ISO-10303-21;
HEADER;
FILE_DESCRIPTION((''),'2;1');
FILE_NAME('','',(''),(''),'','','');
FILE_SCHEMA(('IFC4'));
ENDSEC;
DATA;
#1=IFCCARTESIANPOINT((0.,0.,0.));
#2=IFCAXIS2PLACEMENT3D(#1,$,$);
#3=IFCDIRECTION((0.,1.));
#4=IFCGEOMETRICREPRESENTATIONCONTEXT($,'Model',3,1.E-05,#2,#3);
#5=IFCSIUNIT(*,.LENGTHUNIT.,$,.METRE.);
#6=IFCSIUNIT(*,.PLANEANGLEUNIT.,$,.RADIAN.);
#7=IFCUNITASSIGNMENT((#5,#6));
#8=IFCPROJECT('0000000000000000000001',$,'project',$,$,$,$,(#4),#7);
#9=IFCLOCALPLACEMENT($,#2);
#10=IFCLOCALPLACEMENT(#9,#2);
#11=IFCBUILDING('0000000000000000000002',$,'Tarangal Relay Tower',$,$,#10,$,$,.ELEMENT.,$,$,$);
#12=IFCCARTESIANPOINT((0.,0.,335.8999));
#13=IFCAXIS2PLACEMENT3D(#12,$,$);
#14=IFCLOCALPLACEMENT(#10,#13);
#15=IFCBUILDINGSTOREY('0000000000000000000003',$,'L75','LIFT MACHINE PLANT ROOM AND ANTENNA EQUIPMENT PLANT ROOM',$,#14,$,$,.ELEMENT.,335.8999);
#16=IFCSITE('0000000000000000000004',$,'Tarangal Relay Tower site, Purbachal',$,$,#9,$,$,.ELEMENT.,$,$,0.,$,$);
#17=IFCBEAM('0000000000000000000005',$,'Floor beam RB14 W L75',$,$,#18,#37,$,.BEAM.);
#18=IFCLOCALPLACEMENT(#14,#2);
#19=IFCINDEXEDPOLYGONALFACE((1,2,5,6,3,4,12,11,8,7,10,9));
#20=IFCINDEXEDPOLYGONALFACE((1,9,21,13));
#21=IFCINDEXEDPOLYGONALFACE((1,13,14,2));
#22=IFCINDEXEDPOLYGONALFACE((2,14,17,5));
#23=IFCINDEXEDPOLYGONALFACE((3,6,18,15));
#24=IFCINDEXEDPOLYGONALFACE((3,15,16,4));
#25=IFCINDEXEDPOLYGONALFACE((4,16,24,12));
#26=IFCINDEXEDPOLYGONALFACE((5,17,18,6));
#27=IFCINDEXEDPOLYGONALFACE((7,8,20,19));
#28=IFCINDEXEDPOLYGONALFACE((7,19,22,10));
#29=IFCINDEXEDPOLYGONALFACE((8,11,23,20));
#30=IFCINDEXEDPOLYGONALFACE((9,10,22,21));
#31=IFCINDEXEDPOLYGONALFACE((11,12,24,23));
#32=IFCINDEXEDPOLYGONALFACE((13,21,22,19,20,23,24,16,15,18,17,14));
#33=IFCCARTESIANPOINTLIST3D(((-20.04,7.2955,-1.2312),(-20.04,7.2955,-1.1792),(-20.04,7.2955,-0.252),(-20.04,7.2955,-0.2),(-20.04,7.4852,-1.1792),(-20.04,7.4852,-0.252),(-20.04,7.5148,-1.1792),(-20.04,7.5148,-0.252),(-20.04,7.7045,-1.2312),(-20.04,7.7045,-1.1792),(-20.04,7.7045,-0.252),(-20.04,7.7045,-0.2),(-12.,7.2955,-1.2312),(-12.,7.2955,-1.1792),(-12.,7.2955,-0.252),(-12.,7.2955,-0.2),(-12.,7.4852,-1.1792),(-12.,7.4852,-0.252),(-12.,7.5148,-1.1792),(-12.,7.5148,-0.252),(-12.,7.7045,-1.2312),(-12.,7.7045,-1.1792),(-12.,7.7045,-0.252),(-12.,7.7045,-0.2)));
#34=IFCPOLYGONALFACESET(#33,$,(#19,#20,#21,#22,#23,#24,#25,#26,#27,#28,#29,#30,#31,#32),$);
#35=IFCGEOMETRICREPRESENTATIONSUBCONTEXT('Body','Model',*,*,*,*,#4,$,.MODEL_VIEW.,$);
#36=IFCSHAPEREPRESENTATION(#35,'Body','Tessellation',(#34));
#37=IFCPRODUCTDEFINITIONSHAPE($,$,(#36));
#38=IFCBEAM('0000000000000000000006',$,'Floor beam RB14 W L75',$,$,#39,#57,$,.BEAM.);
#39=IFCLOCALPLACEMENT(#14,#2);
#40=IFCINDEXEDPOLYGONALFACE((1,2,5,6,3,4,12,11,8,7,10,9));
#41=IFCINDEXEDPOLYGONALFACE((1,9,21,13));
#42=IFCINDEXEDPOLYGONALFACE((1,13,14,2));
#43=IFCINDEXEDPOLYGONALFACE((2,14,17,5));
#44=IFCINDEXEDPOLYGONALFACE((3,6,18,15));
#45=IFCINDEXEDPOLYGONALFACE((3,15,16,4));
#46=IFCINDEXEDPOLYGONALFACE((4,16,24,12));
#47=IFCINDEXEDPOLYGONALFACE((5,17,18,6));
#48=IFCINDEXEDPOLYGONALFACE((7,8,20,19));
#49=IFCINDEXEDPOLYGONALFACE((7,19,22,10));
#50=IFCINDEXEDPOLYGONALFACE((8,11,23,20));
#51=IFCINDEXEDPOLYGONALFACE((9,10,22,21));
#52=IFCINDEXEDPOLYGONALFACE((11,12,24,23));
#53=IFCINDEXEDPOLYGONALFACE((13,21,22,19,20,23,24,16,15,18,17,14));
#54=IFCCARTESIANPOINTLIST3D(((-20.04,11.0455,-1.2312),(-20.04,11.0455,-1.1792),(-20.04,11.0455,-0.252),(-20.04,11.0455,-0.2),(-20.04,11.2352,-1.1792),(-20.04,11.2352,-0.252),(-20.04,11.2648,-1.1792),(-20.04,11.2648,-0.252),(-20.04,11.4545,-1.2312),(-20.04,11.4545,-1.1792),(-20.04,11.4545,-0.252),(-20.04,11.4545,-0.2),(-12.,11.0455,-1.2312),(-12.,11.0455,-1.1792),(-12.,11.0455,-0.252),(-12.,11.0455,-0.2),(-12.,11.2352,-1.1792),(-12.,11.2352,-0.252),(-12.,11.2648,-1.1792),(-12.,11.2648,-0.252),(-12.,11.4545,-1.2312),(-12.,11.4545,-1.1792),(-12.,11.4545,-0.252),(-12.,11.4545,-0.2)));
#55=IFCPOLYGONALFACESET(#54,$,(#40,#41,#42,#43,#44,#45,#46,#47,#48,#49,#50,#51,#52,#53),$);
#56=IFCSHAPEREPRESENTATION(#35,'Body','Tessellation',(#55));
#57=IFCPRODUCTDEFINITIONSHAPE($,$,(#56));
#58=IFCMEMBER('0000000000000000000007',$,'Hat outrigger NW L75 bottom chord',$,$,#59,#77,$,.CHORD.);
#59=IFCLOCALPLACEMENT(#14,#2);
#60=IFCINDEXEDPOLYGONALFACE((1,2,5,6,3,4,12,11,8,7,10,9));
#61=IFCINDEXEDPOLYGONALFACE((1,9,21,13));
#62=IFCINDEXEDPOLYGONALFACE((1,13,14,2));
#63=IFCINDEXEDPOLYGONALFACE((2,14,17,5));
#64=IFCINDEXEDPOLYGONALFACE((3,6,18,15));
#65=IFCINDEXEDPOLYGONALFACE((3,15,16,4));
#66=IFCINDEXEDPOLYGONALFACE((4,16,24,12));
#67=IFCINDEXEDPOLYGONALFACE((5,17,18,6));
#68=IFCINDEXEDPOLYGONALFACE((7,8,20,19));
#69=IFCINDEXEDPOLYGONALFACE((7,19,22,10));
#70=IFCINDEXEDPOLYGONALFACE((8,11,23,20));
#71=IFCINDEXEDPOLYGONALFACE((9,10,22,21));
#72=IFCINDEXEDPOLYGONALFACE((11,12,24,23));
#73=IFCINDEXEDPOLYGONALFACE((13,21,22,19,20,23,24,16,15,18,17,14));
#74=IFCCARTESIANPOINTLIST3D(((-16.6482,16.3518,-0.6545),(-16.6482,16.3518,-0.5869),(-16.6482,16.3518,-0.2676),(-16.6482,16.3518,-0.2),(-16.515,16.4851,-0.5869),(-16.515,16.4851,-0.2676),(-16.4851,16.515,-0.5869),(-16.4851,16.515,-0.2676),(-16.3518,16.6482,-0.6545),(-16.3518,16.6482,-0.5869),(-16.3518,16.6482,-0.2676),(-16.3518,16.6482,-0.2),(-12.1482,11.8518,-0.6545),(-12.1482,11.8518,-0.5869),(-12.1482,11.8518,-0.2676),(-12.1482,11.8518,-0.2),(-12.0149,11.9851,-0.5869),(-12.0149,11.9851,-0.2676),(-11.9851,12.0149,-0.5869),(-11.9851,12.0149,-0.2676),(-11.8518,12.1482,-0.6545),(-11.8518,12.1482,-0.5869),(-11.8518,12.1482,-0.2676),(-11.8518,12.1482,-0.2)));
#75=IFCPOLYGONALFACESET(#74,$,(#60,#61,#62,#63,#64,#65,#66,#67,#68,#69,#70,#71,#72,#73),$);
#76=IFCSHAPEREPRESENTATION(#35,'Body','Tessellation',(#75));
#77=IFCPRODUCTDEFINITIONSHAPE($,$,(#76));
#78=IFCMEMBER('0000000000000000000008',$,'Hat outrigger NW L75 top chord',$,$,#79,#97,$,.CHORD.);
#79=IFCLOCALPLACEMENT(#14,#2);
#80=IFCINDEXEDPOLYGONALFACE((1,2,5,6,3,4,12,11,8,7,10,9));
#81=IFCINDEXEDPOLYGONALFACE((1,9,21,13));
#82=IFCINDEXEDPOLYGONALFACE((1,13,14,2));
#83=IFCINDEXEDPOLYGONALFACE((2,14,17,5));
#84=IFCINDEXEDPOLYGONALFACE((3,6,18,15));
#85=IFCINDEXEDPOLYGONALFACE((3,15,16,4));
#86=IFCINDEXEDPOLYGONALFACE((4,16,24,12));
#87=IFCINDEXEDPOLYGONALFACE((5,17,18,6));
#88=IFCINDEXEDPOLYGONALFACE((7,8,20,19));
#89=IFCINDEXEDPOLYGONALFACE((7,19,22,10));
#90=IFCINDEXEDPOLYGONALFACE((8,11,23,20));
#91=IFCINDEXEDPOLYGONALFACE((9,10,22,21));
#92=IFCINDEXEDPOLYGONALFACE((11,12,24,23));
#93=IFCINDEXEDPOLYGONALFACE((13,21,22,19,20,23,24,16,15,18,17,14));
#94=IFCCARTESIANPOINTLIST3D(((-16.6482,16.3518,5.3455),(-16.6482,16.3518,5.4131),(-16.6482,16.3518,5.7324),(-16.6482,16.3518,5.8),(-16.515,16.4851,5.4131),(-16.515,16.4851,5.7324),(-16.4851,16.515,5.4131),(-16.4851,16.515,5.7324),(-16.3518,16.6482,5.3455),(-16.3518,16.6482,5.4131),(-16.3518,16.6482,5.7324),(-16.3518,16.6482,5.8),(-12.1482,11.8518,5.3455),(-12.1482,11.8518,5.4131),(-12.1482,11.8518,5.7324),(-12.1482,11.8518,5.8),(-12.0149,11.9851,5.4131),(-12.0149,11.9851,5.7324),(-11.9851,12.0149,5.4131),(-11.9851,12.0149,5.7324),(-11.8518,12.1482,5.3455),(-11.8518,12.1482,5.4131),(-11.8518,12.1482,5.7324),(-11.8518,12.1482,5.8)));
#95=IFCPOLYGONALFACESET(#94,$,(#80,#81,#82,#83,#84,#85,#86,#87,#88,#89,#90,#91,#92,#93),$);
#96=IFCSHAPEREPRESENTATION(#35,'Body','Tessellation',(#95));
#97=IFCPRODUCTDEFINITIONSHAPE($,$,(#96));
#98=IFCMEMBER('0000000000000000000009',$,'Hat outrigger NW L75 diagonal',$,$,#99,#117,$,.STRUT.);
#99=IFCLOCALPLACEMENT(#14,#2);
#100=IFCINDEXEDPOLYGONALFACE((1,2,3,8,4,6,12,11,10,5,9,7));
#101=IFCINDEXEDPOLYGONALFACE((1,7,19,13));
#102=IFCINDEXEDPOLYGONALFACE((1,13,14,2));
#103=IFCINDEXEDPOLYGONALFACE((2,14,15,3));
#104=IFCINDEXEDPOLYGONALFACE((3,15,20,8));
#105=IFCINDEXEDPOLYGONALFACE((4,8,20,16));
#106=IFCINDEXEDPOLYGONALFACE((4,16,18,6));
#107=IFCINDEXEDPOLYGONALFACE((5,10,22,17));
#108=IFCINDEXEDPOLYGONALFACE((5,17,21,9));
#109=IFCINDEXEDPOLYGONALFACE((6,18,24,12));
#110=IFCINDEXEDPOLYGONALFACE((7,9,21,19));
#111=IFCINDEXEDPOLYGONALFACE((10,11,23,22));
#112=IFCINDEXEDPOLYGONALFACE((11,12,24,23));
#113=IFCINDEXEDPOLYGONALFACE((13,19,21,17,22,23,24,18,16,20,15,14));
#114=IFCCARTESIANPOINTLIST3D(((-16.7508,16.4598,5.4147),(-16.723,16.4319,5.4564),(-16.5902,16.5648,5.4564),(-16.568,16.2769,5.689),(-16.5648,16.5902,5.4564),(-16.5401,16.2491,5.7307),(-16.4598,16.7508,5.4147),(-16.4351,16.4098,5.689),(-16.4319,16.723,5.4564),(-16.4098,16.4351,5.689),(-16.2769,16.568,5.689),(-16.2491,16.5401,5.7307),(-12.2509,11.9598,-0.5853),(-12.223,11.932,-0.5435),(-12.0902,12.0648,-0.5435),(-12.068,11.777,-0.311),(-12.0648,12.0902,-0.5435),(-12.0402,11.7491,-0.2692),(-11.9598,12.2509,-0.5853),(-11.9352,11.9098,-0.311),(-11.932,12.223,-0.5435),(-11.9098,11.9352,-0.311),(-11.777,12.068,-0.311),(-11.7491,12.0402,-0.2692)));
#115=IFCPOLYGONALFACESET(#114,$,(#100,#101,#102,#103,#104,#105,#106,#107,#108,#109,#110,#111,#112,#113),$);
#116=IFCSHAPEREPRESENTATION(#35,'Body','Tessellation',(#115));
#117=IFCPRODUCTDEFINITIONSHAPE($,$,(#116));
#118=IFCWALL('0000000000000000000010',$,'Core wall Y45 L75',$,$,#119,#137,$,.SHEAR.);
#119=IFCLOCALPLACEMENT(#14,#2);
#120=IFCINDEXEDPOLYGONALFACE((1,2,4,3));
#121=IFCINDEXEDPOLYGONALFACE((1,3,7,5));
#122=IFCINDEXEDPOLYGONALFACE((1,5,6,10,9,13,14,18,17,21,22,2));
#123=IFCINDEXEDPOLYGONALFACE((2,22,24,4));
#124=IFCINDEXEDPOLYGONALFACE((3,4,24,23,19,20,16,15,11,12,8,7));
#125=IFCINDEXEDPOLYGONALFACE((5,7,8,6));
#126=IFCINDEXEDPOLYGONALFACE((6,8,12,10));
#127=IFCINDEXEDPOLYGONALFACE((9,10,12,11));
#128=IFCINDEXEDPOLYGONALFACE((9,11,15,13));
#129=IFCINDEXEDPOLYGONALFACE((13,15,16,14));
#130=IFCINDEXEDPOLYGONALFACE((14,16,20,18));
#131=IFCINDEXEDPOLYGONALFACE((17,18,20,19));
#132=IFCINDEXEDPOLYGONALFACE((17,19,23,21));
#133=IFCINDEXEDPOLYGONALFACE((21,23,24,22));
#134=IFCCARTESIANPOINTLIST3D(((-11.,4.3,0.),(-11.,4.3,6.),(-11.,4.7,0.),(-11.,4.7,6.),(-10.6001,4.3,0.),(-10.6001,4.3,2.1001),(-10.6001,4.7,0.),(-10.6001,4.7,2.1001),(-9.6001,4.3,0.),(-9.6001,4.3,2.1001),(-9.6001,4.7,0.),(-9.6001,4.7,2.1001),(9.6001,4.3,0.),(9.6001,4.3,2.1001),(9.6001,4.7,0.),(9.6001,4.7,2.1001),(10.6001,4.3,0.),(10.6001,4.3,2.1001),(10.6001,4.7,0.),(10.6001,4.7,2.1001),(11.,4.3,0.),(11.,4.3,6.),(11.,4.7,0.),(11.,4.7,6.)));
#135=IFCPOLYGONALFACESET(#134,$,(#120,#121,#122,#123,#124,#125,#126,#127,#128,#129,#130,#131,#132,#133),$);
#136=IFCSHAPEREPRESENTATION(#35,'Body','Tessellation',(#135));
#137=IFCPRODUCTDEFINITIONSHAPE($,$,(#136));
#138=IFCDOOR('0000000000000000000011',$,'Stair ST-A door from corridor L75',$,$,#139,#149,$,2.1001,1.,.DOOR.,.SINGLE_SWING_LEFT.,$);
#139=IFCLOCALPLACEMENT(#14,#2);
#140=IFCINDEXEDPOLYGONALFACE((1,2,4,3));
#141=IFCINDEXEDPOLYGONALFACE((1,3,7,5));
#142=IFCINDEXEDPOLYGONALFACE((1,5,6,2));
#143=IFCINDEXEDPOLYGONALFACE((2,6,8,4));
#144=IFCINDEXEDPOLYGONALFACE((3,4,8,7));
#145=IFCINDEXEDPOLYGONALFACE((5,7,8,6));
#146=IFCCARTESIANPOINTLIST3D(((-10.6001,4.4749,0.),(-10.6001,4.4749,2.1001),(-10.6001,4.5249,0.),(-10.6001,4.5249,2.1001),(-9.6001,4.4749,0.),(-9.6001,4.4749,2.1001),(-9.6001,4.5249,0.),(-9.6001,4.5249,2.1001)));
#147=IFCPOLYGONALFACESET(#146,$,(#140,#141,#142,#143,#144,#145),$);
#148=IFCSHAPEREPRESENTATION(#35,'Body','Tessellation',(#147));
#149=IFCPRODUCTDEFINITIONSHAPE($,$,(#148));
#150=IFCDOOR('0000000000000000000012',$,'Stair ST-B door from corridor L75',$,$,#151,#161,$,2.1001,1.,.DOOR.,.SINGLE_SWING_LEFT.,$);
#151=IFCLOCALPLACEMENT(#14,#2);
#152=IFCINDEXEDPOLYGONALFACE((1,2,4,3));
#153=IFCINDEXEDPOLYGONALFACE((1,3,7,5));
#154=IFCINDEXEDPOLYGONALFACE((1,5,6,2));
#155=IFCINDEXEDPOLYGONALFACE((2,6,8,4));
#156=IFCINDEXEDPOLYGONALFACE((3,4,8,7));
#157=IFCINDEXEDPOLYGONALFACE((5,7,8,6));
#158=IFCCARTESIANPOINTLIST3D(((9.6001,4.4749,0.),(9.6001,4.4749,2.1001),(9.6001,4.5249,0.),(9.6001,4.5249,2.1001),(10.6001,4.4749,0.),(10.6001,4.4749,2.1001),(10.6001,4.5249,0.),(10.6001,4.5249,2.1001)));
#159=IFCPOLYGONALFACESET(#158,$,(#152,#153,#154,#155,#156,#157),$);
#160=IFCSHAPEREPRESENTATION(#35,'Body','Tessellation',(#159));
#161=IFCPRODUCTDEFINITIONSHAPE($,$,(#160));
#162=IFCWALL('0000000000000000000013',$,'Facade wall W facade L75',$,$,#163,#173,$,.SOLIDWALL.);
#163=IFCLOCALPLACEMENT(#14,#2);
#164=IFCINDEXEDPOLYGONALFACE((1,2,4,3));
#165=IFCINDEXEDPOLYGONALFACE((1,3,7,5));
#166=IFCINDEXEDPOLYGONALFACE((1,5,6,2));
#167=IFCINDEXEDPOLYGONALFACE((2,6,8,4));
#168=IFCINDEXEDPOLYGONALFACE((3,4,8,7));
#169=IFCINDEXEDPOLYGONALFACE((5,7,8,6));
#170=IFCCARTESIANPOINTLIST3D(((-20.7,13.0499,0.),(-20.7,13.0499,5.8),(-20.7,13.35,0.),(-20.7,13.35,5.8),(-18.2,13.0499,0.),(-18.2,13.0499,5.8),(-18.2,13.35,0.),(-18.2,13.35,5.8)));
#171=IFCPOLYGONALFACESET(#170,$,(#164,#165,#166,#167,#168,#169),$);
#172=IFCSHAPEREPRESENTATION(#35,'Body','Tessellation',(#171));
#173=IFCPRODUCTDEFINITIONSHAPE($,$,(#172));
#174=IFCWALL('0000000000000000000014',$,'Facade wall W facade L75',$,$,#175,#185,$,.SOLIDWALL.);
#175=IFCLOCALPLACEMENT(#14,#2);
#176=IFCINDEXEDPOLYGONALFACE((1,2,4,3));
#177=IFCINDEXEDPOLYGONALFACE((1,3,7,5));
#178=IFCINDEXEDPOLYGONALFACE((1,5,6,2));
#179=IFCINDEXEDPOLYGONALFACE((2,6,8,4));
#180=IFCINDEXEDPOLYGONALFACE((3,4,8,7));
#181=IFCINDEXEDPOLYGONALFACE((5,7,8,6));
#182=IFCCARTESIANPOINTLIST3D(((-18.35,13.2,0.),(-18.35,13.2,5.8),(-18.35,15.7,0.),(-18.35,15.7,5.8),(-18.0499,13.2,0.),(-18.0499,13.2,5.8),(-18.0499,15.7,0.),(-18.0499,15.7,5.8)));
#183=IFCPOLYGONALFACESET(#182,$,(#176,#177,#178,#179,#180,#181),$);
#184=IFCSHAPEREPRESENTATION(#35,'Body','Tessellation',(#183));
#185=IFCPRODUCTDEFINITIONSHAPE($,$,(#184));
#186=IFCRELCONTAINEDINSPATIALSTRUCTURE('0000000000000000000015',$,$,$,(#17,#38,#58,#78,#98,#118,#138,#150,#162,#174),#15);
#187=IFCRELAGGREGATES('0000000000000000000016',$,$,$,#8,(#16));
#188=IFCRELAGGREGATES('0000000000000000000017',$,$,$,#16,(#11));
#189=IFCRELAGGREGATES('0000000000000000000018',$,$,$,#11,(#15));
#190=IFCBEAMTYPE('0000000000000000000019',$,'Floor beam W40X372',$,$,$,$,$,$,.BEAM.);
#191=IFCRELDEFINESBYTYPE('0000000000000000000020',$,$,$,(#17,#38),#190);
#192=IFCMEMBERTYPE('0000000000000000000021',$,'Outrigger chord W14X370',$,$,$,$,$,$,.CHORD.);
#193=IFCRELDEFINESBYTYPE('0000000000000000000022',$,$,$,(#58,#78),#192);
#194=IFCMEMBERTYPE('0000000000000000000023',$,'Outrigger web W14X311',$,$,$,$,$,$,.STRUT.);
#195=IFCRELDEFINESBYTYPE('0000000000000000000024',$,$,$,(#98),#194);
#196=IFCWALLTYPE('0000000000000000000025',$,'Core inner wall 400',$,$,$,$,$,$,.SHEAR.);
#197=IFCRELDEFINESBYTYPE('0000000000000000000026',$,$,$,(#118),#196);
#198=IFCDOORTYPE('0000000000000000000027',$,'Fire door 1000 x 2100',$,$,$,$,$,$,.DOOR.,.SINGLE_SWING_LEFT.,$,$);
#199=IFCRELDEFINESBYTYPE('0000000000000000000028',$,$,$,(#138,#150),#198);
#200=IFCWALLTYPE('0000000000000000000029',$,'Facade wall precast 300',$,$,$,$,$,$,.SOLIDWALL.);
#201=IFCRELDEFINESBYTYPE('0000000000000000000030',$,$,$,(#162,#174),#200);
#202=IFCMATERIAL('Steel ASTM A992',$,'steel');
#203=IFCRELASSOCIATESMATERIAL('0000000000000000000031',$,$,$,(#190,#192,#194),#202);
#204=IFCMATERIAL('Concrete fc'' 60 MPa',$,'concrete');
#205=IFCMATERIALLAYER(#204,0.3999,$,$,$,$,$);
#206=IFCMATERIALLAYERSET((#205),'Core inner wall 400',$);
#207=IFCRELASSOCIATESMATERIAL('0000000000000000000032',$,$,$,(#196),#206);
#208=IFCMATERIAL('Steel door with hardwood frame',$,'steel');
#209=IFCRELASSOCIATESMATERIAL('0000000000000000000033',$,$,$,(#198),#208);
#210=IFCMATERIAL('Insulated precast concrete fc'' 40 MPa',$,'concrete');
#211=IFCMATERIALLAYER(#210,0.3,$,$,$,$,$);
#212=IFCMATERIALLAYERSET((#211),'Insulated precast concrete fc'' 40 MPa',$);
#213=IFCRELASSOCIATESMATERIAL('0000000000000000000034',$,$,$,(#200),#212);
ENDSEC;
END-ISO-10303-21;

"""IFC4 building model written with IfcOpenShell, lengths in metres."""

from ifc_helpers import new_model, si_unit, direction, frame, frame_2d, origin, origin_2d, place, context, subcontext, project, spatial, rectangle, i_section, extrude, material, layer, layer_set, material_profile, profile_set, type_object, element, fill, save


model = new_model("IFC4")

# Units and contexts
model_context = context("Model", 3, precision=1e-05, world=origin(), true_north=direction((0.0, 1.0)))
body_context = subcontext(model_context, "Body", "Model", "MODEL_VIEW")
ifc_project = project(units=[si_unit("LENGTHUNIT", "METRE"), si_unit("PLANEANGLEUNIT", "RADIAN")], contexts=[model_context])

# Site, building, storey
site_placement = place(None, origin())
site = spatial("IfcSite", under=ifc_project, at=site_placement, Name="Tarangal Relay Tower site, Purbachal", CompositionType="ELEMENT", RefElevation=0.0)
building_placement = place(site_placement, origin())
building = spatial("IfcBuilding", under=site, at=building_placement, Name="Tarangal Relay Tower", CompositionType="ELEMENT")
storey_placement = place(building_placement, frame((0.0, 0.0, 335.8999)))
storey = spatial("IfcBuildingStorey", under=building, at=storey_placement, Name="L75", Description="LIFT MACHINE PLANT ROOM AND ANTENNA EQUIPMENT PLANT ROOM", CompositionType="ELEMENT", Elevation=335.8999)

# Shared definitions
ifc_material_1 = material(Name="Steel ASTM A992", Category="steel")

# Beams
ifc_material_profile_1 = material_profile(ifc_material_1, i_section(OverallWidth=0.4089, OverallDepth=1.0312, WebThickness=0.0295, FlangeThickness=0.052, at=origin_2d()), Name="W40X372")
ifc_profile_set_1 = profile_set([ifc_material_profile_1], Name="Steel ASTM A992")
beam_type_1 = type_object("IfcBeamType", Name="Floor beam W40X372", PredefinedType="BEAM", material=ifc_profile_set_1)
for number, where, z_axis, x_axis, name in (
    (1, (-12.0, 7.5, -0.7156), (-1.0, 0.0, 0.0), (0.0, -1.0, 0.0), "Floor beam RB14 W L75"),
    (2, (-12.0, 11.25, -0.7156), (-1.0, 0.0, 0.0), (0.0, -1.0, 0.0), "Floor beam RB14 W L75"),
):
    element("IfcBeam", number, at=place(storey_placement, frame(where, z_axis=z_axis, x_axis=x_axis)), inside=storey, type_object=beam_type_1, Name=name, PredefinedType="BEAM", context=body_context, shape_type="SweptSolid", body=[
        extrude(i_section(OverallWidth=0.4089, OverallDepth=1.0312, WebThickness=0.0295, FlangeThickness=0.052, at=origin_2d()), origin(), (0.0, 0.0, 1.0), 8.04),
    ])

# Members
ifc_material_profile_2 = material_profile(ifc_material_1, i_section(OverallWidth=0.4192, OverallDepth=0.4546, WebThickness=0.0422, FlangeThickness=0.0676, at=origin_2d()), Name="W14X370")
ifc_profile_set_2 = profile_set([ifc_material_profile_2], Name="Steel ASTM A992")
member_type_1 = type_object("IfcMemberType", Name="Outrigger chord W14X370", PredefinedType="CHORD", material=ifc_profile_set_2)
for number, where, z_axis, x_axis, name in (
    (3, (-12.0, 12.0, -0.4272), (-0.707107, 0.707107, 0.0), (-0.707107, -0.707107, 0.0), "Hat outrigger NW L75 bottom chord"),
    (4, (-12.0, 12.0, 5.5728), (-0.707107, 0.707107, 0.0), (-0.707107, -0.707107, 0.0), "Hat outrigger NW L75 top chord"),
):
    element("IfcMember", number, at=place(storey_placement, frame(where, z_axis=z_axis, x_axis=x_axis)), inside=storey, type_object=member_type_1, Name=name, PredefinedType="CHORD", context=body_context, shape_type="SweptSolid", body=[
        extrude(i_section(OverallWidth=0.4192, OverallDepth=0.4546, WebThickness=0.0422, FlangeThickness=0.0676, at=origin_2d()), origin(), (0.0, 0.0, 1.0), 6.364),
    ])
ifc_material_profile_3 = material_profile(ifc_material_1, i_section(OverallWidth=0.4116, OverallDepth=0.4343, WebThickness=0.0359, FlangeThickness=0.0574, at=origin_2d()), Name="W14X311")
ifc_profile_set_3 = profile_set([ifc_material_profile_3], Name="Steel ASTM A992")
member_type_2 = type_object("IfcMemberType", Name="Outrigger web W14X311", PredefinedType="STRUT", material=ifc_profile_set_3)
member_1_placement = place(storey_placement, frame((-12.0, 12.0, -0.4272), z_axis=(-0.514496, 0.514496, 0.685994), x_axis=(-0.707107, -0.707107, 0.0)))
element("IfcMember", 5, at=member_1_placement, inside=storey, type_object=member_type_2, Name="Hat outrigger NW L75 diagonal", PredefinedType="STRUT", context=body_context, shape_type="SweptSolid", body=[
    extrude(i_section(OverallWidth=0.4116, OverallDepth=0.4343, WebThickness=0.0359, FlangeThickness=0.0574, at=origin_2d()), origin(), (0.0, 0.0, 1.0), 8.7463),
])

# Wall, openings, doors
ifc_material_2 = material(Name="Concrete fc' 60 MPa", Category="concrete")
ifc_layer_1 = layer(ifc_material_2, 0.3999)
ifc_layer_set_1 = layer_set([ifc_layer_1], Name="Core inner wall 400")
wall_type_1 = type_object("IfcWallType", Name="Core inner wall 400", PredefinedType="SHEAR", material=ifc_layer_set_1)
wall_1_placement = place(storey_placement, frame((-11.0, 4.5, 0.0), z_axis=(0.0, 0.0, 1.0), x_axis=(1.0, 0.0, 0.0)))
wall_1 = element("IfcWall", 6, at=wall_1_placement, inside=storey, type_object=wall_type_1, Name="Core wall Y45 L75", PredefinedType="SHEAR", context=body_context, shape_type="SweptSolid", body=[
    extrude(rectangle(XDim=22.0, YDim=0.3999, at=frame_2d((11.0, 0.0))), origin(), (0.0, 0.0, 1.0), 6.0),
])
opening_1_placement = place(wall_1_placement, frame((0.3999, 0.0, 0.0)))
opening_1 = element("IfcOpeningElement", 7, at=opening_1_placement, cuts=wall_1, PredefinedType="OPENING", context=body_context, shape_type="SweptSolid", body=[
    extrude(rectangle(XDim=1.0, YDim=2.1001, at=frame_2d((0.5, 1.05))), frame((0.0, 0.21, 0.0), z_axis=(0.0, -1.0, 0.0), x_axis=(1.0, 0.0, 0.0)), (0.0, 0.0, 1.0), 0.4199),
])
opening_2_placement = place(wall_1_placement, frame((20.6001, 0.0, 0.0)))
opening_2 = element("IfcOpeningElement", 8, at=opening_2_placement, cuts=wall_1, PredefinedType="OPENING", context=body_context, shape_type="SweptSolid", body=[
    extrude(rectangle(XDim=1.0, YDim=2.1001, at=frame_2d((0.5, 1.05))), frame((0.0, 0.21, 0.0), z_axis=(0.0, -1.0, 0.0), x_axis=(1.0, 0.0, 0.0)), (0.0, 0.0, 1.0), 0.4199),
])
ifc_material_3 = material(Name="Steel door with hardwood frame", Category="steel")
door_type_1 = type_object("IfcDoorType", Name="Fire door 1000 x 2100", OperationType="SINGLE_SWING_LEFT", PredefinedType="DOOR", material=ifc_material_3)
door_1_placement = place(opening_1_placement, origin())
door_1 = element("IfcDoor", 9, at=door_1_placement, inside=storey, type_object=door_type_1, Name="Stair ST-A door from corridor L75", OperationType="SINGLE_SWING_LEFT", OverallHeight=2.1001, OverallWidth=1.0, PredefinedType="DOOR", context=body_context, shape_type="SweptSolid", body=[
    extrude(rectangle(XDim=1.0, YDim=2.1001, at=frame_2d((0.5, 1.05))), frame((0.0, 0.0249, 0.0), z_axis=(0.0, -1.0, 0.0), x_axis=(1.0, 0.0, 0.0)), (0.0, 0.0, 1.0), 0.05),
])
fill(opening_1, door_1)
door_2_placement = place(opening_2_placement, origin())
door_2 = element("IfcDoor", 10, at=door_2_placement, inside=storey, type_object=door_type_1, Name="Stair ST-B door from corridor L75", OperationType="SINGLE_SWING_LEFT", OverallHeight=2.1001, OverallWidth=1.0, PredefinedType="DOOR", context=body_context, shape_type="SweptSolid", body=[
    extrude(rectangle(XDim=1.0, YDim=2.1001, at=frame_2d((0.5, 1.05))), frame((0.0, 0.0249, 0.0), z_axis=(0.0, -1.0, 0.0), x_axis=(1.0, 0.0, 0.0)), (0.0, 0.0, 1.0), 0.05),
])
fill(opening_2, door_2)

# Walls
ifc_material_4 = material(Name="Insulated precast concrete fc' 40 MPa", Category="concrete")
ifc_layer_2 = layer(ifc_material_4, 0.3)
ifc_layer_set_2 = layer_set([ifc_layer_2], Name="Insulated precast concrete fc' 40 MPa")
wall_type_2 = type_object("IfcWallType", Name="Facade wall precast 300", PredefinedType="SOLIDWALL", material=ifc_layer_set_2)
for number, where, z_axis, x_axis, name in (
    (11, (-20.7, 13.2, 0.0), (0.0, 0.0, 1.0), (1.0, 0.0, 0.0), "Facade wall W facade L75"),
    (12, (-18.2, 13.2, 0.0), (0.0, 0.0, 1.0), (0.0, 1.0, 0.0), "Facade wall W facade L75"),
):
    element("IfcWall", number, at=place(storey_placement, frame(where, z_axis=z_axis, x_axis=x_axis)), inside=storey, type_object=wall_type_2, Name=name, PredefinedType="SOLIDWALL", context=body_context, shape_type="SweptSolid", body=[
        extrude(rectangle(XDim=2.5, YDim=0.3, at=frame_2d((1.25, 0.0))), origin(), (0.0, 0.0, 1.0), 5.8),
    ])

save(model, "model.ifc")
